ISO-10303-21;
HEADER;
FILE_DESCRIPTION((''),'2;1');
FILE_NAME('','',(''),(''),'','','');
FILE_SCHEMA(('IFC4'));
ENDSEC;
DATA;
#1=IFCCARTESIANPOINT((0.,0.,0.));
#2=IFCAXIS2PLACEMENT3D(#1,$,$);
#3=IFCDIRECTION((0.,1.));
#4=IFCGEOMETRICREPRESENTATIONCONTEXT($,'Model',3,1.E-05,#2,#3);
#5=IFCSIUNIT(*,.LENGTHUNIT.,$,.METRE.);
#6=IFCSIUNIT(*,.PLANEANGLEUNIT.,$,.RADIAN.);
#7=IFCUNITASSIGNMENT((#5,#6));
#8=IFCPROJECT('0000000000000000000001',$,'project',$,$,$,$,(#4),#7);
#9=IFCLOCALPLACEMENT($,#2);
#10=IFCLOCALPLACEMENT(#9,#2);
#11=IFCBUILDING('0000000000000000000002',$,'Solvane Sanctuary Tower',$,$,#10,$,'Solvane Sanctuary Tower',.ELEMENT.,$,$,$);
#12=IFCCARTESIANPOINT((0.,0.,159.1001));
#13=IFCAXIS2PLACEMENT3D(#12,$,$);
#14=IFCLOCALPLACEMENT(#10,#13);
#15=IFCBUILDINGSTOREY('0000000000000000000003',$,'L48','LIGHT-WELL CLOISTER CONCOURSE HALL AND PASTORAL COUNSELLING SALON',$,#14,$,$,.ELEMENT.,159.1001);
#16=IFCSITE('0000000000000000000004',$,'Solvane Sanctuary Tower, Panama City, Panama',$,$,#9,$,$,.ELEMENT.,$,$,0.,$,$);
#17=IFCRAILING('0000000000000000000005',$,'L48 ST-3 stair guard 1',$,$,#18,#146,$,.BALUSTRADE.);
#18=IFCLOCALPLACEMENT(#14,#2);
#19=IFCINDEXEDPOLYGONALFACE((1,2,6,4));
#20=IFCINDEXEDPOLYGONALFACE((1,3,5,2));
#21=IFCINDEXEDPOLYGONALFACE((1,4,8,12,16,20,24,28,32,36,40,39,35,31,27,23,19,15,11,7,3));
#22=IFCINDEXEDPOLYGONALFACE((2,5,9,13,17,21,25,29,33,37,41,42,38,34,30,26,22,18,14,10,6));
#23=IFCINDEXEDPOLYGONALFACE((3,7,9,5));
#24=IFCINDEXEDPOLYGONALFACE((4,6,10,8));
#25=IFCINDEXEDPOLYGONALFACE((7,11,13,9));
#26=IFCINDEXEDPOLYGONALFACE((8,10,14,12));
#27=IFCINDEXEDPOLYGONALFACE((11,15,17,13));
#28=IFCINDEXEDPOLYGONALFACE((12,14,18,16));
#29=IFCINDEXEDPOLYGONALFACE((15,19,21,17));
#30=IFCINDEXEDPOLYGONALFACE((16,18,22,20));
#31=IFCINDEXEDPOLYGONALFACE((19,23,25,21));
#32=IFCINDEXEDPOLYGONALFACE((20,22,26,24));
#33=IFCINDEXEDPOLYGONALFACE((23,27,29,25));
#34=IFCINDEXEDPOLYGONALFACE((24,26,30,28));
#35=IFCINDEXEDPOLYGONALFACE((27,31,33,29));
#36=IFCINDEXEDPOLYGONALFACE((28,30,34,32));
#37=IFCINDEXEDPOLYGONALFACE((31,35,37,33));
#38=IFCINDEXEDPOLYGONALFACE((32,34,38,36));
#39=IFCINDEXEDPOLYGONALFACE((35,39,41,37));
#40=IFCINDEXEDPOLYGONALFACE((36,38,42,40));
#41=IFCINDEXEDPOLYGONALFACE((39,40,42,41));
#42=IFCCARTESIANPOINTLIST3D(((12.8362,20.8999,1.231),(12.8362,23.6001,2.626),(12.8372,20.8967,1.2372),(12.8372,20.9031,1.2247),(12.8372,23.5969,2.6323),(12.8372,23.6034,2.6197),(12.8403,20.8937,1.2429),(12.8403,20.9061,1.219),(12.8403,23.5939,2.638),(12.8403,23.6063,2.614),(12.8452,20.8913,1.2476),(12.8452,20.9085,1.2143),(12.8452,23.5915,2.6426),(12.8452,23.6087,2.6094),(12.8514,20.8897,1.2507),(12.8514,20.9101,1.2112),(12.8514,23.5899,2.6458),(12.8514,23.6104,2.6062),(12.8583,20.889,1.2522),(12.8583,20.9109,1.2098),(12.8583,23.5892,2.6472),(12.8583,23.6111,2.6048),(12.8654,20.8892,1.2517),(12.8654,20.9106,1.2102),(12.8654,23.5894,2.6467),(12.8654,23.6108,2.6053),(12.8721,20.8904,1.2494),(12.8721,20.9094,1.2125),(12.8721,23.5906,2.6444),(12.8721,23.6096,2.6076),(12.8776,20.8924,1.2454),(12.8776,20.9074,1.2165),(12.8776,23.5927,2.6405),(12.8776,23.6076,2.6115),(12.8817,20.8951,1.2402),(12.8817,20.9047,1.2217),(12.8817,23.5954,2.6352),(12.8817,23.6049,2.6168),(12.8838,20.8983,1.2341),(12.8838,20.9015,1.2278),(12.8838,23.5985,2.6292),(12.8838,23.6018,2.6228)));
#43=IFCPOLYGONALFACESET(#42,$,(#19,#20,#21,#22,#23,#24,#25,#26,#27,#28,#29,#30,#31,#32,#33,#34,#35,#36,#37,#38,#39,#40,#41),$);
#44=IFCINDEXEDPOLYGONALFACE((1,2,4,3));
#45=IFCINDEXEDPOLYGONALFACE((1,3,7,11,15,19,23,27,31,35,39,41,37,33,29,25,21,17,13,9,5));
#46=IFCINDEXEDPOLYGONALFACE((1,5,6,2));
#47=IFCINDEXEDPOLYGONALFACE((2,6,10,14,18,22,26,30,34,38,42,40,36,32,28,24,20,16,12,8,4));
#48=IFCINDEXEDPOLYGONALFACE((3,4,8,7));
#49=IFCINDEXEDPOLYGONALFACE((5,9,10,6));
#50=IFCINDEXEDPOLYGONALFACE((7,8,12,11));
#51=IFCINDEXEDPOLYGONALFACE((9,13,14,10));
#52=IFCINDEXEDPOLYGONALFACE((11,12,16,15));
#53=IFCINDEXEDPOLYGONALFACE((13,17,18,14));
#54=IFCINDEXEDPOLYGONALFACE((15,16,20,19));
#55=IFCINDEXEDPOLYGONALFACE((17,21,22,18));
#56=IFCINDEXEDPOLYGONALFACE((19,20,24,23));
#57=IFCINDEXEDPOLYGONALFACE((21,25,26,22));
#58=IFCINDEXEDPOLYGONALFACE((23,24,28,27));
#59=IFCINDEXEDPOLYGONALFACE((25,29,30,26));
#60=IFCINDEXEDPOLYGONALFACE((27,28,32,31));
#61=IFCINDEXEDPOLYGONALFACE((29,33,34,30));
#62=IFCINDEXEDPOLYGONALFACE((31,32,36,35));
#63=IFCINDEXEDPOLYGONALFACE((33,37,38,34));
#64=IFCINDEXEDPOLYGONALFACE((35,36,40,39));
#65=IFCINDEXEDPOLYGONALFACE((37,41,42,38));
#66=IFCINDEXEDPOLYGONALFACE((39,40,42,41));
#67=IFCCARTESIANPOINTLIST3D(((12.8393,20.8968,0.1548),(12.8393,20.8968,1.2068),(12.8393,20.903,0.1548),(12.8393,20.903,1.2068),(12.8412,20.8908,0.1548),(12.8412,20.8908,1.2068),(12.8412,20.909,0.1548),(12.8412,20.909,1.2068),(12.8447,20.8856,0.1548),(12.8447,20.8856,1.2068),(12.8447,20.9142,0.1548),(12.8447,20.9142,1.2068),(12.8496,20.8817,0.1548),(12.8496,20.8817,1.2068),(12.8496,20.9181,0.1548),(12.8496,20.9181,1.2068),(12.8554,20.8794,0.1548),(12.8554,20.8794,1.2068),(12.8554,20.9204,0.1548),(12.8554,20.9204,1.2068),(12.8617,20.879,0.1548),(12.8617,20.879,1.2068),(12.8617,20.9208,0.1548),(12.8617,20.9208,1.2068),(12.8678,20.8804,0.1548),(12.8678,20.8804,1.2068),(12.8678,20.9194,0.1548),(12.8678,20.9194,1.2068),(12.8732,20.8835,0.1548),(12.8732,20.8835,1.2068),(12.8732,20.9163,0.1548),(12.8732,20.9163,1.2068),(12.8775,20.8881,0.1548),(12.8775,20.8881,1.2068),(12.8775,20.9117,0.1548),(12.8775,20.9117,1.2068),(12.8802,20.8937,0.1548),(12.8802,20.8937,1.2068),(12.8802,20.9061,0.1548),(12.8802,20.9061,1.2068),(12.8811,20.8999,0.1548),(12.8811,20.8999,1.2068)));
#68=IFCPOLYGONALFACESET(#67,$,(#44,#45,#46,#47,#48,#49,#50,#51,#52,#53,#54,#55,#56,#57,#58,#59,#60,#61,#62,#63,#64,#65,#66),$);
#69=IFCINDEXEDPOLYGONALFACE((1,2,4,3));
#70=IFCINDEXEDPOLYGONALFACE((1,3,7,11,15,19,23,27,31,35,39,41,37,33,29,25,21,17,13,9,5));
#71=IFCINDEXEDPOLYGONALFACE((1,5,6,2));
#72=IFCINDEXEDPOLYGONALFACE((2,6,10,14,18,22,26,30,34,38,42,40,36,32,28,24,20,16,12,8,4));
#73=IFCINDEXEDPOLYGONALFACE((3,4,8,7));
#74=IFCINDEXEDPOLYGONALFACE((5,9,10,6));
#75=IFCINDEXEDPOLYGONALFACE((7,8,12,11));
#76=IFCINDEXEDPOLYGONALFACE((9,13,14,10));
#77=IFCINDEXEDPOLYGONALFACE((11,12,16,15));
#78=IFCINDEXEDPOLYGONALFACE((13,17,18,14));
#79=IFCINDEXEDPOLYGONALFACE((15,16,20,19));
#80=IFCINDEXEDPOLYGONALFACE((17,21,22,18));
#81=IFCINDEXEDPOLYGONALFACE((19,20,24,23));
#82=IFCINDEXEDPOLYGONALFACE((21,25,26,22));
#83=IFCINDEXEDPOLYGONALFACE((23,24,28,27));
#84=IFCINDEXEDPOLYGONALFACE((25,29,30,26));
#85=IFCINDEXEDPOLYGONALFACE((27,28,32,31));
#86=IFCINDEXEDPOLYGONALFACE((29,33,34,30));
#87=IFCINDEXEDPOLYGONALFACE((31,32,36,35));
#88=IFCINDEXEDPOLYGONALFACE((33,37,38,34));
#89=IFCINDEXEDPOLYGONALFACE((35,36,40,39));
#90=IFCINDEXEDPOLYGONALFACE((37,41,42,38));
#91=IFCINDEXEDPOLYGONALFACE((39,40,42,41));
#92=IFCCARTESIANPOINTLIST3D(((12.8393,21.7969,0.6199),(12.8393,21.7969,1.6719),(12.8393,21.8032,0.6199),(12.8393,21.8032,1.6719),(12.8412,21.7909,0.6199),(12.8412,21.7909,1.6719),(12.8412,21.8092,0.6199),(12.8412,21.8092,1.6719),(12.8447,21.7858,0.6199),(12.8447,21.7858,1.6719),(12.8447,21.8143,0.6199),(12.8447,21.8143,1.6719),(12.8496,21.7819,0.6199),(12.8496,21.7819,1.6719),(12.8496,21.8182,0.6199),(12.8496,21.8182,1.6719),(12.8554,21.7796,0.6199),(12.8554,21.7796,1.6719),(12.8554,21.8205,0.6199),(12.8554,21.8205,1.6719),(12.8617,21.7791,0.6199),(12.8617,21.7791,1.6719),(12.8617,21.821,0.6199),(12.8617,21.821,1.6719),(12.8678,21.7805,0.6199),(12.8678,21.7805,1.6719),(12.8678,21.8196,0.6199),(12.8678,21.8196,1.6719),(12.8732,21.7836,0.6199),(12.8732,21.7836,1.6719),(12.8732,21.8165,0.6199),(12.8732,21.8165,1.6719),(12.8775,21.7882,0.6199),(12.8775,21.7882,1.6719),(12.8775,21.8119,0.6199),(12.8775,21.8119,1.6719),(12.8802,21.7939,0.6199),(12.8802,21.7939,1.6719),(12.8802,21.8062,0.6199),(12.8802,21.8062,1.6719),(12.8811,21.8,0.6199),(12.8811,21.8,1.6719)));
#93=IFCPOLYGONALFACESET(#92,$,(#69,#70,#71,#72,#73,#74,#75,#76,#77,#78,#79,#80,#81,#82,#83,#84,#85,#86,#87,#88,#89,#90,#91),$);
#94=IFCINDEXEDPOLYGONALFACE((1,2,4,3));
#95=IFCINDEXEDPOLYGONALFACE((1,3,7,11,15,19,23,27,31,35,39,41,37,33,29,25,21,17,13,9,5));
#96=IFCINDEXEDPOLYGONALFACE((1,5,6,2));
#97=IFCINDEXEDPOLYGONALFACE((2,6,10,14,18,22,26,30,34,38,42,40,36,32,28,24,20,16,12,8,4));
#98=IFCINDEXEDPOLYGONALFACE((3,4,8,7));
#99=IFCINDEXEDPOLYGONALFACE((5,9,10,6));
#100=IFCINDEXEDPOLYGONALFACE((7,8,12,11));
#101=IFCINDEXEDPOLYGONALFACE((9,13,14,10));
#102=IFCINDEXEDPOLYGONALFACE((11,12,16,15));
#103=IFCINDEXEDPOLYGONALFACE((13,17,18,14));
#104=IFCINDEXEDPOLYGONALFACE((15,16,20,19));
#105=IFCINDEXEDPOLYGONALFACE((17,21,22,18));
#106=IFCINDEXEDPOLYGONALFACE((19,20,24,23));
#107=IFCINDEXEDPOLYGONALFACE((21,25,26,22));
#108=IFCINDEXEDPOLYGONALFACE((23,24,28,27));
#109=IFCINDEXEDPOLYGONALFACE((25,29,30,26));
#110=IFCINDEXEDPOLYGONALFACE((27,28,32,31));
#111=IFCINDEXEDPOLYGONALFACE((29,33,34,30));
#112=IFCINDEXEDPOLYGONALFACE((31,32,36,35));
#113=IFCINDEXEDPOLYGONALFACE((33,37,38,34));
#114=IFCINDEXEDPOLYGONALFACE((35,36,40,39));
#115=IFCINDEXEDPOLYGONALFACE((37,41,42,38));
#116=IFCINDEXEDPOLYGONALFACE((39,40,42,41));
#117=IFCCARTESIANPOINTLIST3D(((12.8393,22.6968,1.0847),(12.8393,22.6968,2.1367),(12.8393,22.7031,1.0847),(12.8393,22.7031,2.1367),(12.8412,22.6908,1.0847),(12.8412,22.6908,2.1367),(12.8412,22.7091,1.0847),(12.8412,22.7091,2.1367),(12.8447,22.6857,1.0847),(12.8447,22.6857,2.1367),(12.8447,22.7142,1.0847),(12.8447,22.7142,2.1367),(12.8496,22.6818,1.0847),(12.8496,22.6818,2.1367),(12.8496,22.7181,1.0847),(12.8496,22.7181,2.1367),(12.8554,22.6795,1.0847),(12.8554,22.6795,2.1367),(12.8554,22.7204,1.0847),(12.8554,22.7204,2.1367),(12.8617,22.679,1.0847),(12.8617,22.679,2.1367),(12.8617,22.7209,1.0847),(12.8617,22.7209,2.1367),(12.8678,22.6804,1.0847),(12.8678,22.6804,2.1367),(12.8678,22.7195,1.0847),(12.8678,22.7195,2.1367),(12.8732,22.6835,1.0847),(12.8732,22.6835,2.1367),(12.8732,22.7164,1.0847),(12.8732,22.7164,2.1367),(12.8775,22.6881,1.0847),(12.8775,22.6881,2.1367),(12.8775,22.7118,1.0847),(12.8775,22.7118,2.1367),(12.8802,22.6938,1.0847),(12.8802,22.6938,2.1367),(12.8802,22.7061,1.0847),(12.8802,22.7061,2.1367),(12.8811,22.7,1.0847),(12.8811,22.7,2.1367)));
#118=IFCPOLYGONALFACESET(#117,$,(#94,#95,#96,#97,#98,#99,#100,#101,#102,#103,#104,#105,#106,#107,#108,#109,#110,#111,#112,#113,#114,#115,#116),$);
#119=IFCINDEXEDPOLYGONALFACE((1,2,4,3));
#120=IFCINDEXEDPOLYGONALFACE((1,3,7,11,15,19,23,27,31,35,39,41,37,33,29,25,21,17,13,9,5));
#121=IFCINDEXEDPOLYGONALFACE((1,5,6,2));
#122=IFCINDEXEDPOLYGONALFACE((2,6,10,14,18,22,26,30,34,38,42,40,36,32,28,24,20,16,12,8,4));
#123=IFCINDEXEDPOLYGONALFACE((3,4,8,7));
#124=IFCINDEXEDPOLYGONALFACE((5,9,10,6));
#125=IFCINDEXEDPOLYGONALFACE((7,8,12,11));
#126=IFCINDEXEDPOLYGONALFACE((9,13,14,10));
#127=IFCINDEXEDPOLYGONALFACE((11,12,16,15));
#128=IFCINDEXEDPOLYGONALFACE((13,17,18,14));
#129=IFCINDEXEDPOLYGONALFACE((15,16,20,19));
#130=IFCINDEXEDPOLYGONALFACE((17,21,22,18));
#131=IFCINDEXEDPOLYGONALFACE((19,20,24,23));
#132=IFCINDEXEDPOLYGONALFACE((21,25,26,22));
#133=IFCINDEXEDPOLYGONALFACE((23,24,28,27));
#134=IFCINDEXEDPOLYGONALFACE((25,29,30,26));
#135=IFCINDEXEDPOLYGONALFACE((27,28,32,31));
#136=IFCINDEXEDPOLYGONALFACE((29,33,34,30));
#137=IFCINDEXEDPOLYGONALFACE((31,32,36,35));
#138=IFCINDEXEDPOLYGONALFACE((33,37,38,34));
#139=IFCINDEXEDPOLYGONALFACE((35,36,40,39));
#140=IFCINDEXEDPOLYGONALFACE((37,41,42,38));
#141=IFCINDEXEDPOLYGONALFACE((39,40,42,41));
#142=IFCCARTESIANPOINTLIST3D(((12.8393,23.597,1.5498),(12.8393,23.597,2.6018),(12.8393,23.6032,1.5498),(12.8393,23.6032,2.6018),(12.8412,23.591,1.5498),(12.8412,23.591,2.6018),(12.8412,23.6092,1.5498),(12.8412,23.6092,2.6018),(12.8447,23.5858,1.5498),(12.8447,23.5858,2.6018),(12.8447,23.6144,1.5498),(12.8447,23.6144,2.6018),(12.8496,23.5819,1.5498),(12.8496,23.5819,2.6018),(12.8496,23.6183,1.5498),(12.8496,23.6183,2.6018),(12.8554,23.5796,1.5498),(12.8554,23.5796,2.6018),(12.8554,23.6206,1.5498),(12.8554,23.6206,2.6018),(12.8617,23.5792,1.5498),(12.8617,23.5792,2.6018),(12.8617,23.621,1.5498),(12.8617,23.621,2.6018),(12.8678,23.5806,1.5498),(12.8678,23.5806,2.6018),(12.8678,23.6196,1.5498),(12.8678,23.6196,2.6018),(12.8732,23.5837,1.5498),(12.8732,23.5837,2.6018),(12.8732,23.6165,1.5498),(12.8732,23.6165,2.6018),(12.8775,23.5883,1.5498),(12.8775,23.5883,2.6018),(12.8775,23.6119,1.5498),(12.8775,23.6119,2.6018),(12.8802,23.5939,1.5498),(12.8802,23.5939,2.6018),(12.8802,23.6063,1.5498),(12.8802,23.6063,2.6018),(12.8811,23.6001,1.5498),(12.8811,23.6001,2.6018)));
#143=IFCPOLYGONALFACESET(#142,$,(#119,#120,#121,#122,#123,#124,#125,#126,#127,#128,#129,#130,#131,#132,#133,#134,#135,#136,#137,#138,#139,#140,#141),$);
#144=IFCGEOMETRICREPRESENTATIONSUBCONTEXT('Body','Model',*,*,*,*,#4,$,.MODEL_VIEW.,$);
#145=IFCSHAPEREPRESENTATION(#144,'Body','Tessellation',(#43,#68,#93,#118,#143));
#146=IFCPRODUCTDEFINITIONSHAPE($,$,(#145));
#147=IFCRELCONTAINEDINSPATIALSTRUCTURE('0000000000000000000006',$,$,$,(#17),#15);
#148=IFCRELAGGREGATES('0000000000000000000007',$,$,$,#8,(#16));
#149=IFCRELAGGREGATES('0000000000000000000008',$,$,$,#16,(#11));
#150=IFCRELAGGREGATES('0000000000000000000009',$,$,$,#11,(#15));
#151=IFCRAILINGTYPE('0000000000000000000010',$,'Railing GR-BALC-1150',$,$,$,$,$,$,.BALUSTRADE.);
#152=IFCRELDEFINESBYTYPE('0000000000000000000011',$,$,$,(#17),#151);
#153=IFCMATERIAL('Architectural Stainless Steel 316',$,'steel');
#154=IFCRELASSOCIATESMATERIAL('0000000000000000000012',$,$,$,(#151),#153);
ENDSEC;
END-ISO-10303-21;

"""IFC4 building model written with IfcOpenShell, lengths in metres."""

from ifc_helpers import new_model, si_unit, direction, frame, origin, origin_2d, place, context, subcontext, project, spatial, circle, extrude, material, type_object, element, save


model = new_model("IFC4")

# Units and contexts
model_context = context("Model", 3, precision=1e-05, world=origin(), true_north=direction((0.0, 1.0)))
body_context = subcontext(model_context, "Body", "Model", "MODEL_VIEW")
ifc_project = project(units=[si_unit("LENGTHUNIT", "METRE"), si_unit("PLANEANGLEUNIT", "RADIAN")], contexts=[model_context])

# Site, building, storey
site_placement = place(None, origin())
site = spatial("IfcSite", under=ifc_project, at=site_placement, Name="Solvane Sanctuary Tower, Panama City, Panama", CompositionType="ELEMENT", RefElevation=0.0)
building_placement = place(site_placement, origin())
building = spatial("IfcBuilding", under=site, at=building_placement, Name="Solvane Sanctuary Tower", LongName="Solvane Sanctuary Tower", CompositionType="ELEMENT")
storey_placement = place(building_placement, frame((0.0, 0.0, 159.1001)))
storey = spatial("IfcBuildingStorey", under=building, at=storey_placement, Name="L48", Description="LIGHT-WELL CLOISTER CONCOURSE HALL AND PASTORAL COUNSELLING SALON", CompositionType="ELEMENT", Elevation=159.1001)

# Shared definitions
ifc_material_1 = material(Name="Architectural Stainless Steel 316", Category="steel")

# Railing
railing_type_1 = type_object("IfcRailingType", Name="Railing GR-BALC-1150", PredefinedType="BALUSTRADE", material=ifc_material_1)
railing_1_placement = place(storey_placement, frame((12.8601, 20.8999, 0.1548)))
element("IfcRailing", 1, at=railing_1_placement, inside=storey, type_object=railing_type_1, Name="L48 ST-3 stair guard 1", PredefinedType="BALUSTRADE", context=body_context, shape_type="SweptSolid", body=[
    extrude(circle(Radius=0.0239, at=origin_2d()), frame((0.0, 0.0, 1.0762), z_axis=(0.0, 0.888437, 0.458999), x_axis=(-1.0, 0.0, 0.0)), (0.0, 0.0, 1.0), 3.0393),
    extrude(circle(Radius=0.021, at=origin_2d()), origin(), (0.0, 0.0, 1.0), 1.052),
    extrude(circle(Radius=0.021, at=origin_2d()), frame((0.0, 0.9001, 0.4651)), (0.0, 0.0, 1.0), 1.052),
    extrude(circle(Radius=0.021, at=origin_2d()), frame((0.0, 1.8, 0.9299)), (0.0, 0.0, 1.0), 1.052),
    extrude(circle(Radius=0.021, at=origin_2d()), frame((0.0, 2.7002, 1.395)), (0.0, 0.0, 1.0), 1.052),
])

save(model, "model.ifc")
